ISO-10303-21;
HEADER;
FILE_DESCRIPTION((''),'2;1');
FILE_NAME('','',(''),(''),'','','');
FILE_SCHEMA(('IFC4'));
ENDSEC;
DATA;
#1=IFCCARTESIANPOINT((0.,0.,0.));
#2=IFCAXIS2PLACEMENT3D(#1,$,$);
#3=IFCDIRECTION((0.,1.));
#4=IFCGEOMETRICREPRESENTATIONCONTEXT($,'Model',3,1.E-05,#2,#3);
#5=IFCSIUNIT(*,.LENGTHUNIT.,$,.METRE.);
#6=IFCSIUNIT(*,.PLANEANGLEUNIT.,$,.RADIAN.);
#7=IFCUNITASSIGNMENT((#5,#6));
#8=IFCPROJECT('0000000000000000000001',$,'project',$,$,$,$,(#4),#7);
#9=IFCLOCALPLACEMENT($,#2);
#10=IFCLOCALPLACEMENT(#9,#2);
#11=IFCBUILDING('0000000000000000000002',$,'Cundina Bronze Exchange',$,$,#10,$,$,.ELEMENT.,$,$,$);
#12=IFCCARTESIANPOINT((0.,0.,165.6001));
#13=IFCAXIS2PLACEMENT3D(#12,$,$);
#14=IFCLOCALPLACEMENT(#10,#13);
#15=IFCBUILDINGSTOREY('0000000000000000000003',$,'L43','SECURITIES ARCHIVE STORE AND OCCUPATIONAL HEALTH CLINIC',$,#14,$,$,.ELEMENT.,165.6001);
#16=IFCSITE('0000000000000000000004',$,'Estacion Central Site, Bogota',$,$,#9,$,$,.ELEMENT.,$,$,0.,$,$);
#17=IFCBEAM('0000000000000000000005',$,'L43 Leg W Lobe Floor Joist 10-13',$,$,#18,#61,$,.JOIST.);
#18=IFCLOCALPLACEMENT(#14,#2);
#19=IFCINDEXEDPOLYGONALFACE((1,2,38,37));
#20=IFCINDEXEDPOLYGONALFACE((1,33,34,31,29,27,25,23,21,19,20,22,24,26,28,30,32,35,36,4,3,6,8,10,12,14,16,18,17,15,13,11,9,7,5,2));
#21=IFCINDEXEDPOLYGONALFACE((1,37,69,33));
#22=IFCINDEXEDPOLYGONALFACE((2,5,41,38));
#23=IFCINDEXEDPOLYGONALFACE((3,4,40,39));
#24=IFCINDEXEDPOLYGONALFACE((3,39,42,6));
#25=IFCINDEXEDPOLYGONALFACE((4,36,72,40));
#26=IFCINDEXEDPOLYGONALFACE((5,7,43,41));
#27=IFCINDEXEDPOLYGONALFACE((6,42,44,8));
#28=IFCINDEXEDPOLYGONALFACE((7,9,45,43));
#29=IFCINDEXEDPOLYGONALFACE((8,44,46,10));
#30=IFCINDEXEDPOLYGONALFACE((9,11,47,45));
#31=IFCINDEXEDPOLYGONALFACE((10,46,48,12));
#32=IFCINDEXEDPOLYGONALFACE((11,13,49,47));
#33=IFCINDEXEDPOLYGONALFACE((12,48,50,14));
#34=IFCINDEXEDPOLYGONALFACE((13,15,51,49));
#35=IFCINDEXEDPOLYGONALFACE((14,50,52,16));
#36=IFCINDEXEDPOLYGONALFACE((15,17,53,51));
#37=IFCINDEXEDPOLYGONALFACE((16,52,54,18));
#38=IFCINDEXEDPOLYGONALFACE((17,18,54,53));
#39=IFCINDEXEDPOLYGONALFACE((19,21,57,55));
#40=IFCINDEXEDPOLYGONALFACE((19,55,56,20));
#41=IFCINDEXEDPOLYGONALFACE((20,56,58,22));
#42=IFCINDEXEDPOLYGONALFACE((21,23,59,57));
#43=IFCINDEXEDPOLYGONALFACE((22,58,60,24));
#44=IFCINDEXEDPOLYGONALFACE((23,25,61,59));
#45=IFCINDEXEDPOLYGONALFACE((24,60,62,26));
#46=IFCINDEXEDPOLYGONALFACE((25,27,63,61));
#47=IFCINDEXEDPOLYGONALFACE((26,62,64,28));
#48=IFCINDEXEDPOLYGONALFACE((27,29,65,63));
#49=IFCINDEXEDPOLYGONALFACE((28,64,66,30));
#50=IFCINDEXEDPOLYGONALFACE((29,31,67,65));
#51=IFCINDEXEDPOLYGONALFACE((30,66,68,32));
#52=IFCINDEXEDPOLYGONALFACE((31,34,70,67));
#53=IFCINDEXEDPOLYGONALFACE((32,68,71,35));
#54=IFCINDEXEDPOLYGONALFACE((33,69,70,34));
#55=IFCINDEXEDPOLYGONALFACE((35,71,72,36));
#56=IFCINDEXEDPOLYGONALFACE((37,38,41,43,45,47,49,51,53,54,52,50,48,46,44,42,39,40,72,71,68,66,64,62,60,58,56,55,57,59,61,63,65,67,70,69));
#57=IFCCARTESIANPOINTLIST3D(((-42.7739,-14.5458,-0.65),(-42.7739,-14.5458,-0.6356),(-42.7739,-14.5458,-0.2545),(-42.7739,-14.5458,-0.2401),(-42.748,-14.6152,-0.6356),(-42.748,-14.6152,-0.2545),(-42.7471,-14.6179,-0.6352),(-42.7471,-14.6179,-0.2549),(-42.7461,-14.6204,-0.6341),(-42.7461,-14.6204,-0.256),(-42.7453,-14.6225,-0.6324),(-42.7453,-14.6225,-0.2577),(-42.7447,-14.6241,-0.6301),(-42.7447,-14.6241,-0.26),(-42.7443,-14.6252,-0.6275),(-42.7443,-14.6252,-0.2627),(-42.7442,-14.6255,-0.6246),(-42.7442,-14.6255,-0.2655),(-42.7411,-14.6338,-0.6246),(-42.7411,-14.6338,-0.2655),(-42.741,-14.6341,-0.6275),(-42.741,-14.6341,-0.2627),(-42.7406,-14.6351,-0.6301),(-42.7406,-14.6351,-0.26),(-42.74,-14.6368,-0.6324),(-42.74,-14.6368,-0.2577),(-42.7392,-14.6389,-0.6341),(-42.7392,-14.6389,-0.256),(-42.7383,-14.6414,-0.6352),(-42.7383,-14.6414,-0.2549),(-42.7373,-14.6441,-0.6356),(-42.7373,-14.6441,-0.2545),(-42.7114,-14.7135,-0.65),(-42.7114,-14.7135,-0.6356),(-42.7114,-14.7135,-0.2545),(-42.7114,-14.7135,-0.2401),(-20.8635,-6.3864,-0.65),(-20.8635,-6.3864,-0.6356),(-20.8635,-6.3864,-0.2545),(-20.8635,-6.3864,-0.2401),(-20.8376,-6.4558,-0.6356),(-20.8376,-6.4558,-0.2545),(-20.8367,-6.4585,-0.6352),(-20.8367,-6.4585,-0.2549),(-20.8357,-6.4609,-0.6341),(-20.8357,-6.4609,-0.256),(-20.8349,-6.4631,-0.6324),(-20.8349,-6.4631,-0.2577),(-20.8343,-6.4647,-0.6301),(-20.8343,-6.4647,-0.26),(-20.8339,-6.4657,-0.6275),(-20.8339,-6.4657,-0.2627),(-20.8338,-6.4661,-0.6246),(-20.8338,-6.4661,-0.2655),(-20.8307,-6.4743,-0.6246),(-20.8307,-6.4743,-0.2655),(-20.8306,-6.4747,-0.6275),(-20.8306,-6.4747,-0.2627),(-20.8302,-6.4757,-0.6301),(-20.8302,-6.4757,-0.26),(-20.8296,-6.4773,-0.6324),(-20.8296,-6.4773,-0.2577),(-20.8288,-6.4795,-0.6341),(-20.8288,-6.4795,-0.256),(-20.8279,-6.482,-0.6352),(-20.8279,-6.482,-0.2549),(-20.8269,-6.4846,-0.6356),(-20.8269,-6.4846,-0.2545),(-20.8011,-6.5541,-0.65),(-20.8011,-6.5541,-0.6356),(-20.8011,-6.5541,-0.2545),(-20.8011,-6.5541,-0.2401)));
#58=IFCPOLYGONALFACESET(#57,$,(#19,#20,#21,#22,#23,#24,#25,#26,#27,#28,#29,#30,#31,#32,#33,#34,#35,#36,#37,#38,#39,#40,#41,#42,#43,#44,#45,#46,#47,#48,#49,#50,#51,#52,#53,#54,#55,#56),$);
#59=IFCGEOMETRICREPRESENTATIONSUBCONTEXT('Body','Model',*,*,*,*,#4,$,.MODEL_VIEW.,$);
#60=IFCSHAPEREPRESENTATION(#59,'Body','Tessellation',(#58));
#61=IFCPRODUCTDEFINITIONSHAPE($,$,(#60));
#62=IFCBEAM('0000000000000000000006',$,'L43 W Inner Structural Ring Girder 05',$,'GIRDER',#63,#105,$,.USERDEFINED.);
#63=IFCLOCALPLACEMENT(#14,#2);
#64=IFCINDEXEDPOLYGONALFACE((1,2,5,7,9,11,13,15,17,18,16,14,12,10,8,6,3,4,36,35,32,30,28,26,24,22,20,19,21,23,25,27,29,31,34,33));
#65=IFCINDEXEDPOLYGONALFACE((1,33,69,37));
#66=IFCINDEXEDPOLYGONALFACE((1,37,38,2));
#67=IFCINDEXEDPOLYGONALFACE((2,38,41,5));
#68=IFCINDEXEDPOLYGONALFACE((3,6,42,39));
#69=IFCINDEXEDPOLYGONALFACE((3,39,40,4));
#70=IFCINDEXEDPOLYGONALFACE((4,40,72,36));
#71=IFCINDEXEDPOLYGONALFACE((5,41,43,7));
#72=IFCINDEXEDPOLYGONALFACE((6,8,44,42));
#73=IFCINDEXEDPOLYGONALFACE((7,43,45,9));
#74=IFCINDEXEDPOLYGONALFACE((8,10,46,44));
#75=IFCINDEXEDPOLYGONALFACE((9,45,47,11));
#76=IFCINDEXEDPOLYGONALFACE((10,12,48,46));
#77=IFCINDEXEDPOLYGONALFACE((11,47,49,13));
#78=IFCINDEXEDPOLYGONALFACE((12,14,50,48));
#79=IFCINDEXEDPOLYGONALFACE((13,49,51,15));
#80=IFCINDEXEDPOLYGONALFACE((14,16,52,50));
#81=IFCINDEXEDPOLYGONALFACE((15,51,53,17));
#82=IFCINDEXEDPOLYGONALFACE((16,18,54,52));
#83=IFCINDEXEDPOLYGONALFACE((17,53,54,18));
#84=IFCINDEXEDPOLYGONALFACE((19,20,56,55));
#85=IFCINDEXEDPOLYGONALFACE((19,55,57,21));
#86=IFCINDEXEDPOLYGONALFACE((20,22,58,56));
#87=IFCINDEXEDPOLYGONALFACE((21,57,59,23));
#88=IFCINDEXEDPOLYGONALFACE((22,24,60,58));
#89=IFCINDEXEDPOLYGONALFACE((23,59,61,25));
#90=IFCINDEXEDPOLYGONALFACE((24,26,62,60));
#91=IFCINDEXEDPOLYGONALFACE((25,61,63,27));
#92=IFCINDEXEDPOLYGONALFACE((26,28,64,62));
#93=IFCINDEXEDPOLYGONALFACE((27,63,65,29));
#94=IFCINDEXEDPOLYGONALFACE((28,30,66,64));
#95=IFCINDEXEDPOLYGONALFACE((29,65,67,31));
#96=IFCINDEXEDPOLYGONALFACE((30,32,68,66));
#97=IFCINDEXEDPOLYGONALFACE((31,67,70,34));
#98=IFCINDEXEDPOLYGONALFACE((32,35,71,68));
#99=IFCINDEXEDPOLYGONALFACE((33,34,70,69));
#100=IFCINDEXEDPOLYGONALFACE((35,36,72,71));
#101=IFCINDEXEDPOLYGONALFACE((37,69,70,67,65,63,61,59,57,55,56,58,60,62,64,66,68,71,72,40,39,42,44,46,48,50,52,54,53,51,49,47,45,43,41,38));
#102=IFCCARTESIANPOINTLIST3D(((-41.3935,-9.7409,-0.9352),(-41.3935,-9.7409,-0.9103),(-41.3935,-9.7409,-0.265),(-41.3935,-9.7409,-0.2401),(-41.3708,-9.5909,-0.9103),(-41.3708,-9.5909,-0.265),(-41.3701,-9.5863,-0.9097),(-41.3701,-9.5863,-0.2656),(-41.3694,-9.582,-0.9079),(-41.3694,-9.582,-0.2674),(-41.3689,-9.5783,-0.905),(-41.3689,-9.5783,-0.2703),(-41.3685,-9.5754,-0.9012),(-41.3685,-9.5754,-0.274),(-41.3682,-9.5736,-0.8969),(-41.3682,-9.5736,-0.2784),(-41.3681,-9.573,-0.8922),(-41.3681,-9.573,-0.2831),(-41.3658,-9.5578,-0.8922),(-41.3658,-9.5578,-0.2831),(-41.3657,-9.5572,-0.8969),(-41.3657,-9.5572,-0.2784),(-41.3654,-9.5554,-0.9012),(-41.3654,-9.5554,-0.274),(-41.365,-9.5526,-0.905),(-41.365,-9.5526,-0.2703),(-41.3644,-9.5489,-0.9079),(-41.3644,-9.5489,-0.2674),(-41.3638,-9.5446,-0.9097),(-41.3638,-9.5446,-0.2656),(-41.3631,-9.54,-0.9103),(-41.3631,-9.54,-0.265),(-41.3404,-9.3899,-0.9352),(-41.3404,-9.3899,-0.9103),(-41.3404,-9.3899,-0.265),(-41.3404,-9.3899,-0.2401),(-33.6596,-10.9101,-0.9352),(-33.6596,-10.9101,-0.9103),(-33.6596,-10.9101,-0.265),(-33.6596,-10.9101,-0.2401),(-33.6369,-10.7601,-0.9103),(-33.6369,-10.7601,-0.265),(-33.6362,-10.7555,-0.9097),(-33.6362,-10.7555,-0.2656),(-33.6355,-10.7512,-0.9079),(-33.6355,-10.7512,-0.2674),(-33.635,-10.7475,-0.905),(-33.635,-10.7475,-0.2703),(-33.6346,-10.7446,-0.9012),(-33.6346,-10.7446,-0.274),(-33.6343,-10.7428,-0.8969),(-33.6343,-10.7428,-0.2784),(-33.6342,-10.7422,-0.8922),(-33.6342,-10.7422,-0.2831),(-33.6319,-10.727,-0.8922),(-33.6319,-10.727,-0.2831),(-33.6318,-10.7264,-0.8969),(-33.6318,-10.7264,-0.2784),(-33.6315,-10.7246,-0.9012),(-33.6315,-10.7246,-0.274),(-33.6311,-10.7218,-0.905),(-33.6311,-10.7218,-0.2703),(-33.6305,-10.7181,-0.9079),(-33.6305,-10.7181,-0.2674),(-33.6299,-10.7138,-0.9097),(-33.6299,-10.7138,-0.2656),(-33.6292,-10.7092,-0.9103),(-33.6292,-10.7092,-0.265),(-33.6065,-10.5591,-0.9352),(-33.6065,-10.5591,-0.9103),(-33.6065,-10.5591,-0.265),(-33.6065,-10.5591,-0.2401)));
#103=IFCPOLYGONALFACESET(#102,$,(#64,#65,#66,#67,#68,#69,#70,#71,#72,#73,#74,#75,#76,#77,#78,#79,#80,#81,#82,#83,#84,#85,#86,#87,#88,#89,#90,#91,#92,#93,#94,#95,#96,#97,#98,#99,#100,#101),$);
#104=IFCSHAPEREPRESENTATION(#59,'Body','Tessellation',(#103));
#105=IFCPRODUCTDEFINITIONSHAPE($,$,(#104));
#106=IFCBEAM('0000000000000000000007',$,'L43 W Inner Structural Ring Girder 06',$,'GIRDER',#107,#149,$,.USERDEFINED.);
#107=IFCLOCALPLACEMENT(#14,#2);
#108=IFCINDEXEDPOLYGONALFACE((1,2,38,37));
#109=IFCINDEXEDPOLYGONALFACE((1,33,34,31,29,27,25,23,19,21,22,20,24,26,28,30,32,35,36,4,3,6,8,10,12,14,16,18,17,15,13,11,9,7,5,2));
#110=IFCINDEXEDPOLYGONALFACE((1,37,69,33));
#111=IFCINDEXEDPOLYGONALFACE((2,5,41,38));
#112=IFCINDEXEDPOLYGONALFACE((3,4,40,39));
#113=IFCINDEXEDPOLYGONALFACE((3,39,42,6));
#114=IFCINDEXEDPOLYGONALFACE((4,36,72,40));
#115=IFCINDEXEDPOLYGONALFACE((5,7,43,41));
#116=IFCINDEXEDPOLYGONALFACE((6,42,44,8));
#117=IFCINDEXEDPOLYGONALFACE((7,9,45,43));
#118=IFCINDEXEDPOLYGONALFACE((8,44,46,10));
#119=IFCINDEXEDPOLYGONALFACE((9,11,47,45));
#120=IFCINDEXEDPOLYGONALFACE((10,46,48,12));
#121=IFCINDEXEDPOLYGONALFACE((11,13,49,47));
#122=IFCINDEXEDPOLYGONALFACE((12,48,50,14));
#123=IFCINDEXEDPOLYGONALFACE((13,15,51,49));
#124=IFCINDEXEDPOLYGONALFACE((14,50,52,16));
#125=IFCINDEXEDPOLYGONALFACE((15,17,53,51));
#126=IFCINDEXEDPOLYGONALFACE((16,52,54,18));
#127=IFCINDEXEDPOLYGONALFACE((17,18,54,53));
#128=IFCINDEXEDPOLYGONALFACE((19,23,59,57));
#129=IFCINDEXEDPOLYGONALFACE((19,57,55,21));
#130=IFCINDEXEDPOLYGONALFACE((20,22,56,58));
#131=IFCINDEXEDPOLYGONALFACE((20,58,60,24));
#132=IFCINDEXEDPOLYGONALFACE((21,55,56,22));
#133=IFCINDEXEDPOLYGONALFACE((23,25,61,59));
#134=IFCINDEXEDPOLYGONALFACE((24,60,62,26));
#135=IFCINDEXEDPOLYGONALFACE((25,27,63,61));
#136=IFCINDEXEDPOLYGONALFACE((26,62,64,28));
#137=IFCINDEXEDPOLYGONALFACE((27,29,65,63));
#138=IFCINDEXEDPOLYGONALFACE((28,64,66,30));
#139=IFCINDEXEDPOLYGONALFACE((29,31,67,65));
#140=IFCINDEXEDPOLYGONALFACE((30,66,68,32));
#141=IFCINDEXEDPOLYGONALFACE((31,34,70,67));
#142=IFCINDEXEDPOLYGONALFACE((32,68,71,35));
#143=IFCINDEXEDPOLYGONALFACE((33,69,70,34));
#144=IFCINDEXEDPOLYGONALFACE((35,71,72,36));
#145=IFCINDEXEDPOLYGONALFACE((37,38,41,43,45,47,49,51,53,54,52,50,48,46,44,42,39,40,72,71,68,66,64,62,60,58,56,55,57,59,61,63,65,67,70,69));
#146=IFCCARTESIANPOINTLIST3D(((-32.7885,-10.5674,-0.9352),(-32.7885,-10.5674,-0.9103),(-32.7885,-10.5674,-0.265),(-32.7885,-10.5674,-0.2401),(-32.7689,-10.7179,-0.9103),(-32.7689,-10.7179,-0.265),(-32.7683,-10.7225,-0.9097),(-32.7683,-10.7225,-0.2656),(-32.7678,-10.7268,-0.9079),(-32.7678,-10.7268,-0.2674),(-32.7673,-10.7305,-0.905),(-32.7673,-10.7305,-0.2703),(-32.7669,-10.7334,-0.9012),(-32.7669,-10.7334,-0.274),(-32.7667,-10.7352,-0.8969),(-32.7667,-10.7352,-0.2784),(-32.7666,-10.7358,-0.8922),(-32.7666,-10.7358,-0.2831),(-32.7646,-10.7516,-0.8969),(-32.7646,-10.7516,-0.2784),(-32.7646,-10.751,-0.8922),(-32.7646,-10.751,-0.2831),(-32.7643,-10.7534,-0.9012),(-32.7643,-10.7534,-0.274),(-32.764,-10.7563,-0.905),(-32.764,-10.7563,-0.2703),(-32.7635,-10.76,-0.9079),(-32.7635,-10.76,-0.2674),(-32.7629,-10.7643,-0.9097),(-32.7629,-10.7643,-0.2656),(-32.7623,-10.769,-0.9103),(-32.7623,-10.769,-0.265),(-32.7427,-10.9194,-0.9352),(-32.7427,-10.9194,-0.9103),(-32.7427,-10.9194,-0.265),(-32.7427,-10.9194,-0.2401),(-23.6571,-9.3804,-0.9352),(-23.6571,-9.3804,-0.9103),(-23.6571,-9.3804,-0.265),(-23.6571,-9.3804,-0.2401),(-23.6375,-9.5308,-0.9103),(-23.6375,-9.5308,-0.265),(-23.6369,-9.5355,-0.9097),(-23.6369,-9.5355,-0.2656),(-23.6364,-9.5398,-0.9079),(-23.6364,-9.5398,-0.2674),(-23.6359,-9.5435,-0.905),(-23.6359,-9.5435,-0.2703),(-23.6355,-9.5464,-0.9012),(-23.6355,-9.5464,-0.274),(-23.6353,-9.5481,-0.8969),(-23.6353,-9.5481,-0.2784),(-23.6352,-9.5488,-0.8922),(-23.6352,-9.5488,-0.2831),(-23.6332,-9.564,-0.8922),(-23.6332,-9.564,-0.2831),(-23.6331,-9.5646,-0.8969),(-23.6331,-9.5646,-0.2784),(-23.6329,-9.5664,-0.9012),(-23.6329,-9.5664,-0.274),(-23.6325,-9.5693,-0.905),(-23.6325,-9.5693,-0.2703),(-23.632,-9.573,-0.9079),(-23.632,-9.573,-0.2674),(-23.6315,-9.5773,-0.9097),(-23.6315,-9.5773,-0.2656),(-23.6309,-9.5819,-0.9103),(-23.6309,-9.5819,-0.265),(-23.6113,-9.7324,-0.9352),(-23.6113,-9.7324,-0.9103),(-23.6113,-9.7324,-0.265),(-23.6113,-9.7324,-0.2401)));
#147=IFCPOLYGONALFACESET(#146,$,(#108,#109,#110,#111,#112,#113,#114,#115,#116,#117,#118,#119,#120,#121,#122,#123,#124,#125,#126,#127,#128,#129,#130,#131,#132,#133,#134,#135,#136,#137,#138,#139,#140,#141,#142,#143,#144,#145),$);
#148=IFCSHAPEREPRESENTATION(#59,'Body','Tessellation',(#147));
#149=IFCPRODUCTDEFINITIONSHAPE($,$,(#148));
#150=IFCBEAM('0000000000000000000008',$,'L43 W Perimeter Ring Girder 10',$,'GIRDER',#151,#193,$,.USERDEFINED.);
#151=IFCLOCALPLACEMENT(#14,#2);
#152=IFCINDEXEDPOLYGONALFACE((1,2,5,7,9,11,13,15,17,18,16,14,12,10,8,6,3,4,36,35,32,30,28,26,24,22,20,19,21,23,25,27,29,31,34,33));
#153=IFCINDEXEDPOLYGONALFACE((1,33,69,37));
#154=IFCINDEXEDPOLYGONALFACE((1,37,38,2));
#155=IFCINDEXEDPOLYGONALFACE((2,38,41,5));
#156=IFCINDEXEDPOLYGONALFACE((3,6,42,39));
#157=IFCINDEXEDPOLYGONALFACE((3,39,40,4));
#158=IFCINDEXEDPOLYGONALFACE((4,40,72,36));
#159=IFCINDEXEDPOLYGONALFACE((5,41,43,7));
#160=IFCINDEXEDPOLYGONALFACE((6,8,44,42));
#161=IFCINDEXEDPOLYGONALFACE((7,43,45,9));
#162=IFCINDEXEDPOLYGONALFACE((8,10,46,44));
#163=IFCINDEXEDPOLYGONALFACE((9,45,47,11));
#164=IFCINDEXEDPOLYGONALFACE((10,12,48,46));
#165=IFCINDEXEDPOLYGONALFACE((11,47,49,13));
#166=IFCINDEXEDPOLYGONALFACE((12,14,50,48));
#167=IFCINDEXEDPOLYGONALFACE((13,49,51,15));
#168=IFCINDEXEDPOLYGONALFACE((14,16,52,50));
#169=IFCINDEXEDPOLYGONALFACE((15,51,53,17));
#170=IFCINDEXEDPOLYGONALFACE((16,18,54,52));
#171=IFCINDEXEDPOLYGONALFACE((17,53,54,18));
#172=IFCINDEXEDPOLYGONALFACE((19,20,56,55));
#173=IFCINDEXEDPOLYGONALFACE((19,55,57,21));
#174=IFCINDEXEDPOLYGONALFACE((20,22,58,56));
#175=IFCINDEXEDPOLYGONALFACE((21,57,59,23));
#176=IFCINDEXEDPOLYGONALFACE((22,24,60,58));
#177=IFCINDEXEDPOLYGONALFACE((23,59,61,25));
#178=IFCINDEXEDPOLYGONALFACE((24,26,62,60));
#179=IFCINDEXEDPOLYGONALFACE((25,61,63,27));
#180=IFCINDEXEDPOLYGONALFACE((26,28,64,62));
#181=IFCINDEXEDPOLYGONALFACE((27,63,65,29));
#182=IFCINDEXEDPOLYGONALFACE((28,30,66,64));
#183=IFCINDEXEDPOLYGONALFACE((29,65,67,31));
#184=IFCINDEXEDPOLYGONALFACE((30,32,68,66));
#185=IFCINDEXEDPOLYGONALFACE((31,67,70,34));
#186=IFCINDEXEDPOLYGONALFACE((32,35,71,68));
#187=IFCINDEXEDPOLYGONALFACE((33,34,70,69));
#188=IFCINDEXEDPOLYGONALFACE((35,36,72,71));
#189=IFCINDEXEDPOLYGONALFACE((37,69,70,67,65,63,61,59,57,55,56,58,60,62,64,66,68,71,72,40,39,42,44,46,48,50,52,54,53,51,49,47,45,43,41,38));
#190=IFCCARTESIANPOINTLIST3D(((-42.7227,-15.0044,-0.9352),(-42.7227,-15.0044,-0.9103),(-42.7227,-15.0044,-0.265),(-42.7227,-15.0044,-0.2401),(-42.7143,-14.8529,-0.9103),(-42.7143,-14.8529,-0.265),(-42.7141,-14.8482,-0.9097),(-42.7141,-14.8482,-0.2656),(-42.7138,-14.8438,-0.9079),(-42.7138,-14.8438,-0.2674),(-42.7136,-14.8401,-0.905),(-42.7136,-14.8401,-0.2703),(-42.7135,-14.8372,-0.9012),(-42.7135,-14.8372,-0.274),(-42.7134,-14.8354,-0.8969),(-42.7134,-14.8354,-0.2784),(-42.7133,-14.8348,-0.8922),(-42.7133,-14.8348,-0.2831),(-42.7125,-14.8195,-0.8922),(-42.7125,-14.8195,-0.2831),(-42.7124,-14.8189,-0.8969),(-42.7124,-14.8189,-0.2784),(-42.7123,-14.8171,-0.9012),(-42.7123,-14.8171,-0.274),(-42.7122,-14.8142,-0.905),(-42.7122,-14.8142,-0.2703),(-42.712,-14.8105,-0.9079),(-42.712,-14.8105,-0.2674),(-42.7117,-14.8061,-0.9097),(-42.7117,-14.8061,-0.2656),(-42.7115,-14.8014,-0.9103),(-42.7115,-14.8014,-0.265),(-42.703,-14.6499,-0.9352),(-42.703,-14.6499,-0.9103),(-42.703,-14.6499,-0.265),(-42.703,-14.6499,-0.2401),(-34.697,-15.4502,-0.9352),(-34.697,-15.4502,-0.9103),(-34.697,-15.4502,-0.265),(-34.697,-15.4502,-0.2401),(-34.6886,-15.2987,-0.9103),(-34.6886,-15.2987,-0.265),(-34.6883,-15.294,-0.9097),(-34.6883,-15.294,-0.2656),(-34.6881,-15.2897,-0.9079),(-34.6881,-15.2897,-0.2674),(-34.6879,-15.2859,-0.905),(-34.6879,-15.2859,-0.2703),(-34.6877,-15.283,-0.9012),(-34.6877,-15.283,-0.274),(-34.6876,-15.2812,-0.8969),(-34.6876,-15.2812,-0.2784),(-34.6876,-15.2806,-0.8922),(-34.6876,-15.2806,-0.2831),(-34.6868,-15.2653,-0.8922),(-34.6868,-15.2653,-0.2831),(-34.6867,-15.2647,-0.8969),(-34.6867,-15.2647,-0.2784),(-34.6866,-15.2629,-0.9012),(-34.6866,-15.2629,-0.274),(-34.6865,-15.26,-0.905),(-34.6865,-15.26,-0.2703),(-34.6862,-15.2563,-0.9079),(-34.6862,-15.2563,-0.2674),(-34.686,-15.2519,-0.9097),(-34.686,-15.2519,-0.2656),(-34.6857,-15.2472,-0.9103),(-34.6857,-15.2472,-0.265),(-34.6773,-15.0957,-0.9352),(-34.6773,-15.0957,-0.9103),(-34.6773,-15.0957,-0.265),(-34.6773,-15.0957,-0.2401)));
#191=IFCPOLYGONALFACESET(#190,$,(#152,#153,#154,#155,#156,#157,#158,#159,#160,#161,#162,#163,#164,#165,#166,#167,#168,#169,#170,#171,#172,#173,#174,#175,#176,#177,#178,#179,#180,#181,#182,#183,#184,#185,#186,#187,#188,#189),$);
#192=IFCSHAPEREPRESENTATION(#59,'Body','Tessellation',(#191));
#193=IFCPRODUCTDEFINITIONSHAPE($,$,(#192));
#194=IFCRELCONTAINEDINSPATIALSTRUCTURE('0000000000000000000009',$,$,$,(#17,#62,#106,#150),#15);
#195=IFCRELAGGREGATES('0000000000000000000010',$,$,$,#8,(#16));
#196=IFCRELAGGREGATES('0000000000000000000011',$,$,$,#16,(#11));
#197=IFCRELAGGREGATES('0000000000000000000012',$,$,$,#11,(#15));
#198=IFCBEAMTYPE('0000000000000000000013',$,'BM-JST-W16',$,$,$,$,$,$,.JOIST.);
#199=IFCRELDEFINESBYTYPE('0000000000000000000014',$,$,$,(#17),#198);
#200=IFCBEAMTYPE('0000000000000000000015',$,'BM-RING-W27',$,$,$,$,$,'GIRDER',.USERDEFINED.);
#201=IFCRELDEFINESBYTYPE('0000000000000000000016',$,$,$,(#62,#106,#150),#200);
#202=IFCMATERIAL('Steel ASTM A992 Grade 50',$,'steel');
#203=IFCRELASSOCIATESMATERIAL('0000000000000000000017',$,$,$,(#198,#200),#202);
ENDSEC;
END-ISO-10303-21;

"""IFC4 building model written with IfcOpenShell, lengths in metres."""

from ifc_helpers import new_model, si_unit, direction, frame, origin, origin_2d, place, context, subcontext, project, spatial, i_section, extrude, material, material_profile, profile_set, type_object, element, save


model = new_model("IFC4")

# Units and contexts
model_context = context("Model", 3, precision=1e-05, world=origin(), true_north=direction((0.0, 1.0)))
body_context = subcontext(model_context, "Body", "Model", "MODEL_VIEW")
ifc_project = project(units=[si_unit("LENGTHUNIT", "METRE"), si_unit("PLANEANGLEUNIT", "RADIAN")], contexts=[model_context])

# Site, building, storey
site_placement = place(None, origin())
site = spatial("IfcSite", under=ifc_project, at=site_placement, Name="Estacion Central Site, Bogota", CompositionType="ELEMENT", RefElevation=0.0)
building_placement = place(site_placement, origin())
building = spatial("IfcBuilding", under=site, at=building_placement, Name="Cundina Bronze Exchange", CompositionType="ELEMENT")
storey_placement = place(building_placement, frame((0.0, 0.0, 165.6001)))
storey = spatial("IfcBuildingStorey", under=building, at=storey_placement, Name="L43", Description="SECURITIES ARCHIVE STORE AND OCCUPATIONAL HEALTH CLINIC", CompositionType="ELEMENT", Elevation=165.6001)

# Beams
ifc_material_1 = material(Name="Steel ASTM A992 Grade 50", Category="steel")
ifc_material_profile_1 = material_profile(ifc_material_1, i_section(OverallWidth=0.179, OverallDepth=0.4099, WebThickness=0.0088, FlangeThickness=0.0144, FilletRadius=0.011, at=origin_2d()), Name="W16X45", Category="steel")
ifc_profile_set_1 = profile_set([ifc_material_profile_1], Name="Steel ASTM A992 Grade 50")
beam_type_1 = type_object("IfcBeamType", Name="BM-JST-W16", PredefinedType="JOIST", material=ifc_profile_set_1)
beam_1_placement = place(storey_placement, frame((-42.7427, -14.6296, -0.4451), z_axis=(0.937128, 0.348986, 0.0), x_axis=(-0.348986, 0.937128, 0.0)))
element("IfcBeam", 1, at=beam_1_placement, inside=storey, type_object=beam_type_1, Name="L43 Leg W Lobe Floor Joist 10-13", PredefinedType="JOIST", context=body_context, shape_type="SweptSolid", body=[
    extrude(i_section(OverallWidth=0.179, OverallDepth=0.4099, WebThickness=0.0088, FlangeThickness=0.0144, FilletRadius=0.011, at=origin_2d()), origin(), (0.0, 0.0, 1.0), 23.3804),
])
ifc_material_profile_2 = material_profile(ifc_material_1, i_section(OverallWidth=0.355, OverallDepth=0.6951, WebThickness=0.0154, FlangeThickness=0.0249, FilletRadius=0.0181, at=origin_2d()), Name="W27X146", Category="steel")
ifc_profile_set_2 = profile_set([ifc_material_profile_2], Name="Steel ASTM A992 Grade 50")
beam_type_2 = type_object("IfcBeamType", Name="BM-RING-W27", ElementType="GIRDER", PredefinedType="USERDEFINED", material=ifc_profile_set_2)
beam_2_placement = place(storey_placement, frame((-41.3669, -9.5654, -0.5876), z_axis=(0.988765, -0.149479, 0.0), x_axis=(0.149479, 0.988765, 0.0)))
element("IfcBeam", 2, at=beam_2_placement, inside=storey, type_object=beam_type_2, Name="L43 W Inner Structural Ring Girder 05", ObjectType="GIRDER", PredefinedType="USERDEFINED", context=body_context, shape_type="SweptSolid", body=[
    extrude(i_section(OverallWidth=0.355, OverallDepth=0.6951, WebThickness=0.0154, FlangeThickness=0.0249, FilletRadius=0.0181, at=origin_2d()), origin(), (0.0, 0.0, 1.0), 7.8218),
])
beam_3_placement = place(storey_placement, frame((-32.7656, -10.7434, -0.5876), z_axis=(0.991656, 0.128908, 0.0), x_axis=(-0.128908, 0.991656, 0.0)))
element("IfcBeam", 3, at=beam_3_placement, inside=storey, type_object=beam_type_2, Name="L43 W Inner Structural Ring Girder 06", ObjectType="GIRDER", PredefinedType="USERDEFINED", context=body_context, shape_type="SweptSolid", body=[
    extrude(i_section(OverallWidth=0.355, OverallDepth=0.6951, WebThickness=0.0154, FlangeThickness=0.0249, FilletRadius=0.0181, at=origin_2d()), origin(), (0.0, 0.0, 1.0), 9.2083),
])
for number, where, z_axis, x_axis, name in (
    (4, (-42.7129, -14.8271, -0.5876), (0.998461, -0.055462, 0.0), (0.055462, 0.998461, 0.0), "L43 W Perimeter Ring Girder 10"),
):
    element("IfcBeam", number, at=place(storey_placement, frame(where, z_axis=z_axis, x_axis=x_axis)), inside=storey, type_object=beam_type_2, Name=name, ObjectType="GIRDER", PredefinedType="USERDEFINED", context=body_context, shape_type="SweptSolid", body=[
        extrude(i_section(OverallWidth=0.355, OverallDepth=0.6951, WebThickness=0.0154, FlangeThickness=0.0249, FilletRadius=0.0181, at=origin_2d()), origin(), (0.0, 0.0, 1.0), 8.0381),
    ])

save(model, "model.ifc")
